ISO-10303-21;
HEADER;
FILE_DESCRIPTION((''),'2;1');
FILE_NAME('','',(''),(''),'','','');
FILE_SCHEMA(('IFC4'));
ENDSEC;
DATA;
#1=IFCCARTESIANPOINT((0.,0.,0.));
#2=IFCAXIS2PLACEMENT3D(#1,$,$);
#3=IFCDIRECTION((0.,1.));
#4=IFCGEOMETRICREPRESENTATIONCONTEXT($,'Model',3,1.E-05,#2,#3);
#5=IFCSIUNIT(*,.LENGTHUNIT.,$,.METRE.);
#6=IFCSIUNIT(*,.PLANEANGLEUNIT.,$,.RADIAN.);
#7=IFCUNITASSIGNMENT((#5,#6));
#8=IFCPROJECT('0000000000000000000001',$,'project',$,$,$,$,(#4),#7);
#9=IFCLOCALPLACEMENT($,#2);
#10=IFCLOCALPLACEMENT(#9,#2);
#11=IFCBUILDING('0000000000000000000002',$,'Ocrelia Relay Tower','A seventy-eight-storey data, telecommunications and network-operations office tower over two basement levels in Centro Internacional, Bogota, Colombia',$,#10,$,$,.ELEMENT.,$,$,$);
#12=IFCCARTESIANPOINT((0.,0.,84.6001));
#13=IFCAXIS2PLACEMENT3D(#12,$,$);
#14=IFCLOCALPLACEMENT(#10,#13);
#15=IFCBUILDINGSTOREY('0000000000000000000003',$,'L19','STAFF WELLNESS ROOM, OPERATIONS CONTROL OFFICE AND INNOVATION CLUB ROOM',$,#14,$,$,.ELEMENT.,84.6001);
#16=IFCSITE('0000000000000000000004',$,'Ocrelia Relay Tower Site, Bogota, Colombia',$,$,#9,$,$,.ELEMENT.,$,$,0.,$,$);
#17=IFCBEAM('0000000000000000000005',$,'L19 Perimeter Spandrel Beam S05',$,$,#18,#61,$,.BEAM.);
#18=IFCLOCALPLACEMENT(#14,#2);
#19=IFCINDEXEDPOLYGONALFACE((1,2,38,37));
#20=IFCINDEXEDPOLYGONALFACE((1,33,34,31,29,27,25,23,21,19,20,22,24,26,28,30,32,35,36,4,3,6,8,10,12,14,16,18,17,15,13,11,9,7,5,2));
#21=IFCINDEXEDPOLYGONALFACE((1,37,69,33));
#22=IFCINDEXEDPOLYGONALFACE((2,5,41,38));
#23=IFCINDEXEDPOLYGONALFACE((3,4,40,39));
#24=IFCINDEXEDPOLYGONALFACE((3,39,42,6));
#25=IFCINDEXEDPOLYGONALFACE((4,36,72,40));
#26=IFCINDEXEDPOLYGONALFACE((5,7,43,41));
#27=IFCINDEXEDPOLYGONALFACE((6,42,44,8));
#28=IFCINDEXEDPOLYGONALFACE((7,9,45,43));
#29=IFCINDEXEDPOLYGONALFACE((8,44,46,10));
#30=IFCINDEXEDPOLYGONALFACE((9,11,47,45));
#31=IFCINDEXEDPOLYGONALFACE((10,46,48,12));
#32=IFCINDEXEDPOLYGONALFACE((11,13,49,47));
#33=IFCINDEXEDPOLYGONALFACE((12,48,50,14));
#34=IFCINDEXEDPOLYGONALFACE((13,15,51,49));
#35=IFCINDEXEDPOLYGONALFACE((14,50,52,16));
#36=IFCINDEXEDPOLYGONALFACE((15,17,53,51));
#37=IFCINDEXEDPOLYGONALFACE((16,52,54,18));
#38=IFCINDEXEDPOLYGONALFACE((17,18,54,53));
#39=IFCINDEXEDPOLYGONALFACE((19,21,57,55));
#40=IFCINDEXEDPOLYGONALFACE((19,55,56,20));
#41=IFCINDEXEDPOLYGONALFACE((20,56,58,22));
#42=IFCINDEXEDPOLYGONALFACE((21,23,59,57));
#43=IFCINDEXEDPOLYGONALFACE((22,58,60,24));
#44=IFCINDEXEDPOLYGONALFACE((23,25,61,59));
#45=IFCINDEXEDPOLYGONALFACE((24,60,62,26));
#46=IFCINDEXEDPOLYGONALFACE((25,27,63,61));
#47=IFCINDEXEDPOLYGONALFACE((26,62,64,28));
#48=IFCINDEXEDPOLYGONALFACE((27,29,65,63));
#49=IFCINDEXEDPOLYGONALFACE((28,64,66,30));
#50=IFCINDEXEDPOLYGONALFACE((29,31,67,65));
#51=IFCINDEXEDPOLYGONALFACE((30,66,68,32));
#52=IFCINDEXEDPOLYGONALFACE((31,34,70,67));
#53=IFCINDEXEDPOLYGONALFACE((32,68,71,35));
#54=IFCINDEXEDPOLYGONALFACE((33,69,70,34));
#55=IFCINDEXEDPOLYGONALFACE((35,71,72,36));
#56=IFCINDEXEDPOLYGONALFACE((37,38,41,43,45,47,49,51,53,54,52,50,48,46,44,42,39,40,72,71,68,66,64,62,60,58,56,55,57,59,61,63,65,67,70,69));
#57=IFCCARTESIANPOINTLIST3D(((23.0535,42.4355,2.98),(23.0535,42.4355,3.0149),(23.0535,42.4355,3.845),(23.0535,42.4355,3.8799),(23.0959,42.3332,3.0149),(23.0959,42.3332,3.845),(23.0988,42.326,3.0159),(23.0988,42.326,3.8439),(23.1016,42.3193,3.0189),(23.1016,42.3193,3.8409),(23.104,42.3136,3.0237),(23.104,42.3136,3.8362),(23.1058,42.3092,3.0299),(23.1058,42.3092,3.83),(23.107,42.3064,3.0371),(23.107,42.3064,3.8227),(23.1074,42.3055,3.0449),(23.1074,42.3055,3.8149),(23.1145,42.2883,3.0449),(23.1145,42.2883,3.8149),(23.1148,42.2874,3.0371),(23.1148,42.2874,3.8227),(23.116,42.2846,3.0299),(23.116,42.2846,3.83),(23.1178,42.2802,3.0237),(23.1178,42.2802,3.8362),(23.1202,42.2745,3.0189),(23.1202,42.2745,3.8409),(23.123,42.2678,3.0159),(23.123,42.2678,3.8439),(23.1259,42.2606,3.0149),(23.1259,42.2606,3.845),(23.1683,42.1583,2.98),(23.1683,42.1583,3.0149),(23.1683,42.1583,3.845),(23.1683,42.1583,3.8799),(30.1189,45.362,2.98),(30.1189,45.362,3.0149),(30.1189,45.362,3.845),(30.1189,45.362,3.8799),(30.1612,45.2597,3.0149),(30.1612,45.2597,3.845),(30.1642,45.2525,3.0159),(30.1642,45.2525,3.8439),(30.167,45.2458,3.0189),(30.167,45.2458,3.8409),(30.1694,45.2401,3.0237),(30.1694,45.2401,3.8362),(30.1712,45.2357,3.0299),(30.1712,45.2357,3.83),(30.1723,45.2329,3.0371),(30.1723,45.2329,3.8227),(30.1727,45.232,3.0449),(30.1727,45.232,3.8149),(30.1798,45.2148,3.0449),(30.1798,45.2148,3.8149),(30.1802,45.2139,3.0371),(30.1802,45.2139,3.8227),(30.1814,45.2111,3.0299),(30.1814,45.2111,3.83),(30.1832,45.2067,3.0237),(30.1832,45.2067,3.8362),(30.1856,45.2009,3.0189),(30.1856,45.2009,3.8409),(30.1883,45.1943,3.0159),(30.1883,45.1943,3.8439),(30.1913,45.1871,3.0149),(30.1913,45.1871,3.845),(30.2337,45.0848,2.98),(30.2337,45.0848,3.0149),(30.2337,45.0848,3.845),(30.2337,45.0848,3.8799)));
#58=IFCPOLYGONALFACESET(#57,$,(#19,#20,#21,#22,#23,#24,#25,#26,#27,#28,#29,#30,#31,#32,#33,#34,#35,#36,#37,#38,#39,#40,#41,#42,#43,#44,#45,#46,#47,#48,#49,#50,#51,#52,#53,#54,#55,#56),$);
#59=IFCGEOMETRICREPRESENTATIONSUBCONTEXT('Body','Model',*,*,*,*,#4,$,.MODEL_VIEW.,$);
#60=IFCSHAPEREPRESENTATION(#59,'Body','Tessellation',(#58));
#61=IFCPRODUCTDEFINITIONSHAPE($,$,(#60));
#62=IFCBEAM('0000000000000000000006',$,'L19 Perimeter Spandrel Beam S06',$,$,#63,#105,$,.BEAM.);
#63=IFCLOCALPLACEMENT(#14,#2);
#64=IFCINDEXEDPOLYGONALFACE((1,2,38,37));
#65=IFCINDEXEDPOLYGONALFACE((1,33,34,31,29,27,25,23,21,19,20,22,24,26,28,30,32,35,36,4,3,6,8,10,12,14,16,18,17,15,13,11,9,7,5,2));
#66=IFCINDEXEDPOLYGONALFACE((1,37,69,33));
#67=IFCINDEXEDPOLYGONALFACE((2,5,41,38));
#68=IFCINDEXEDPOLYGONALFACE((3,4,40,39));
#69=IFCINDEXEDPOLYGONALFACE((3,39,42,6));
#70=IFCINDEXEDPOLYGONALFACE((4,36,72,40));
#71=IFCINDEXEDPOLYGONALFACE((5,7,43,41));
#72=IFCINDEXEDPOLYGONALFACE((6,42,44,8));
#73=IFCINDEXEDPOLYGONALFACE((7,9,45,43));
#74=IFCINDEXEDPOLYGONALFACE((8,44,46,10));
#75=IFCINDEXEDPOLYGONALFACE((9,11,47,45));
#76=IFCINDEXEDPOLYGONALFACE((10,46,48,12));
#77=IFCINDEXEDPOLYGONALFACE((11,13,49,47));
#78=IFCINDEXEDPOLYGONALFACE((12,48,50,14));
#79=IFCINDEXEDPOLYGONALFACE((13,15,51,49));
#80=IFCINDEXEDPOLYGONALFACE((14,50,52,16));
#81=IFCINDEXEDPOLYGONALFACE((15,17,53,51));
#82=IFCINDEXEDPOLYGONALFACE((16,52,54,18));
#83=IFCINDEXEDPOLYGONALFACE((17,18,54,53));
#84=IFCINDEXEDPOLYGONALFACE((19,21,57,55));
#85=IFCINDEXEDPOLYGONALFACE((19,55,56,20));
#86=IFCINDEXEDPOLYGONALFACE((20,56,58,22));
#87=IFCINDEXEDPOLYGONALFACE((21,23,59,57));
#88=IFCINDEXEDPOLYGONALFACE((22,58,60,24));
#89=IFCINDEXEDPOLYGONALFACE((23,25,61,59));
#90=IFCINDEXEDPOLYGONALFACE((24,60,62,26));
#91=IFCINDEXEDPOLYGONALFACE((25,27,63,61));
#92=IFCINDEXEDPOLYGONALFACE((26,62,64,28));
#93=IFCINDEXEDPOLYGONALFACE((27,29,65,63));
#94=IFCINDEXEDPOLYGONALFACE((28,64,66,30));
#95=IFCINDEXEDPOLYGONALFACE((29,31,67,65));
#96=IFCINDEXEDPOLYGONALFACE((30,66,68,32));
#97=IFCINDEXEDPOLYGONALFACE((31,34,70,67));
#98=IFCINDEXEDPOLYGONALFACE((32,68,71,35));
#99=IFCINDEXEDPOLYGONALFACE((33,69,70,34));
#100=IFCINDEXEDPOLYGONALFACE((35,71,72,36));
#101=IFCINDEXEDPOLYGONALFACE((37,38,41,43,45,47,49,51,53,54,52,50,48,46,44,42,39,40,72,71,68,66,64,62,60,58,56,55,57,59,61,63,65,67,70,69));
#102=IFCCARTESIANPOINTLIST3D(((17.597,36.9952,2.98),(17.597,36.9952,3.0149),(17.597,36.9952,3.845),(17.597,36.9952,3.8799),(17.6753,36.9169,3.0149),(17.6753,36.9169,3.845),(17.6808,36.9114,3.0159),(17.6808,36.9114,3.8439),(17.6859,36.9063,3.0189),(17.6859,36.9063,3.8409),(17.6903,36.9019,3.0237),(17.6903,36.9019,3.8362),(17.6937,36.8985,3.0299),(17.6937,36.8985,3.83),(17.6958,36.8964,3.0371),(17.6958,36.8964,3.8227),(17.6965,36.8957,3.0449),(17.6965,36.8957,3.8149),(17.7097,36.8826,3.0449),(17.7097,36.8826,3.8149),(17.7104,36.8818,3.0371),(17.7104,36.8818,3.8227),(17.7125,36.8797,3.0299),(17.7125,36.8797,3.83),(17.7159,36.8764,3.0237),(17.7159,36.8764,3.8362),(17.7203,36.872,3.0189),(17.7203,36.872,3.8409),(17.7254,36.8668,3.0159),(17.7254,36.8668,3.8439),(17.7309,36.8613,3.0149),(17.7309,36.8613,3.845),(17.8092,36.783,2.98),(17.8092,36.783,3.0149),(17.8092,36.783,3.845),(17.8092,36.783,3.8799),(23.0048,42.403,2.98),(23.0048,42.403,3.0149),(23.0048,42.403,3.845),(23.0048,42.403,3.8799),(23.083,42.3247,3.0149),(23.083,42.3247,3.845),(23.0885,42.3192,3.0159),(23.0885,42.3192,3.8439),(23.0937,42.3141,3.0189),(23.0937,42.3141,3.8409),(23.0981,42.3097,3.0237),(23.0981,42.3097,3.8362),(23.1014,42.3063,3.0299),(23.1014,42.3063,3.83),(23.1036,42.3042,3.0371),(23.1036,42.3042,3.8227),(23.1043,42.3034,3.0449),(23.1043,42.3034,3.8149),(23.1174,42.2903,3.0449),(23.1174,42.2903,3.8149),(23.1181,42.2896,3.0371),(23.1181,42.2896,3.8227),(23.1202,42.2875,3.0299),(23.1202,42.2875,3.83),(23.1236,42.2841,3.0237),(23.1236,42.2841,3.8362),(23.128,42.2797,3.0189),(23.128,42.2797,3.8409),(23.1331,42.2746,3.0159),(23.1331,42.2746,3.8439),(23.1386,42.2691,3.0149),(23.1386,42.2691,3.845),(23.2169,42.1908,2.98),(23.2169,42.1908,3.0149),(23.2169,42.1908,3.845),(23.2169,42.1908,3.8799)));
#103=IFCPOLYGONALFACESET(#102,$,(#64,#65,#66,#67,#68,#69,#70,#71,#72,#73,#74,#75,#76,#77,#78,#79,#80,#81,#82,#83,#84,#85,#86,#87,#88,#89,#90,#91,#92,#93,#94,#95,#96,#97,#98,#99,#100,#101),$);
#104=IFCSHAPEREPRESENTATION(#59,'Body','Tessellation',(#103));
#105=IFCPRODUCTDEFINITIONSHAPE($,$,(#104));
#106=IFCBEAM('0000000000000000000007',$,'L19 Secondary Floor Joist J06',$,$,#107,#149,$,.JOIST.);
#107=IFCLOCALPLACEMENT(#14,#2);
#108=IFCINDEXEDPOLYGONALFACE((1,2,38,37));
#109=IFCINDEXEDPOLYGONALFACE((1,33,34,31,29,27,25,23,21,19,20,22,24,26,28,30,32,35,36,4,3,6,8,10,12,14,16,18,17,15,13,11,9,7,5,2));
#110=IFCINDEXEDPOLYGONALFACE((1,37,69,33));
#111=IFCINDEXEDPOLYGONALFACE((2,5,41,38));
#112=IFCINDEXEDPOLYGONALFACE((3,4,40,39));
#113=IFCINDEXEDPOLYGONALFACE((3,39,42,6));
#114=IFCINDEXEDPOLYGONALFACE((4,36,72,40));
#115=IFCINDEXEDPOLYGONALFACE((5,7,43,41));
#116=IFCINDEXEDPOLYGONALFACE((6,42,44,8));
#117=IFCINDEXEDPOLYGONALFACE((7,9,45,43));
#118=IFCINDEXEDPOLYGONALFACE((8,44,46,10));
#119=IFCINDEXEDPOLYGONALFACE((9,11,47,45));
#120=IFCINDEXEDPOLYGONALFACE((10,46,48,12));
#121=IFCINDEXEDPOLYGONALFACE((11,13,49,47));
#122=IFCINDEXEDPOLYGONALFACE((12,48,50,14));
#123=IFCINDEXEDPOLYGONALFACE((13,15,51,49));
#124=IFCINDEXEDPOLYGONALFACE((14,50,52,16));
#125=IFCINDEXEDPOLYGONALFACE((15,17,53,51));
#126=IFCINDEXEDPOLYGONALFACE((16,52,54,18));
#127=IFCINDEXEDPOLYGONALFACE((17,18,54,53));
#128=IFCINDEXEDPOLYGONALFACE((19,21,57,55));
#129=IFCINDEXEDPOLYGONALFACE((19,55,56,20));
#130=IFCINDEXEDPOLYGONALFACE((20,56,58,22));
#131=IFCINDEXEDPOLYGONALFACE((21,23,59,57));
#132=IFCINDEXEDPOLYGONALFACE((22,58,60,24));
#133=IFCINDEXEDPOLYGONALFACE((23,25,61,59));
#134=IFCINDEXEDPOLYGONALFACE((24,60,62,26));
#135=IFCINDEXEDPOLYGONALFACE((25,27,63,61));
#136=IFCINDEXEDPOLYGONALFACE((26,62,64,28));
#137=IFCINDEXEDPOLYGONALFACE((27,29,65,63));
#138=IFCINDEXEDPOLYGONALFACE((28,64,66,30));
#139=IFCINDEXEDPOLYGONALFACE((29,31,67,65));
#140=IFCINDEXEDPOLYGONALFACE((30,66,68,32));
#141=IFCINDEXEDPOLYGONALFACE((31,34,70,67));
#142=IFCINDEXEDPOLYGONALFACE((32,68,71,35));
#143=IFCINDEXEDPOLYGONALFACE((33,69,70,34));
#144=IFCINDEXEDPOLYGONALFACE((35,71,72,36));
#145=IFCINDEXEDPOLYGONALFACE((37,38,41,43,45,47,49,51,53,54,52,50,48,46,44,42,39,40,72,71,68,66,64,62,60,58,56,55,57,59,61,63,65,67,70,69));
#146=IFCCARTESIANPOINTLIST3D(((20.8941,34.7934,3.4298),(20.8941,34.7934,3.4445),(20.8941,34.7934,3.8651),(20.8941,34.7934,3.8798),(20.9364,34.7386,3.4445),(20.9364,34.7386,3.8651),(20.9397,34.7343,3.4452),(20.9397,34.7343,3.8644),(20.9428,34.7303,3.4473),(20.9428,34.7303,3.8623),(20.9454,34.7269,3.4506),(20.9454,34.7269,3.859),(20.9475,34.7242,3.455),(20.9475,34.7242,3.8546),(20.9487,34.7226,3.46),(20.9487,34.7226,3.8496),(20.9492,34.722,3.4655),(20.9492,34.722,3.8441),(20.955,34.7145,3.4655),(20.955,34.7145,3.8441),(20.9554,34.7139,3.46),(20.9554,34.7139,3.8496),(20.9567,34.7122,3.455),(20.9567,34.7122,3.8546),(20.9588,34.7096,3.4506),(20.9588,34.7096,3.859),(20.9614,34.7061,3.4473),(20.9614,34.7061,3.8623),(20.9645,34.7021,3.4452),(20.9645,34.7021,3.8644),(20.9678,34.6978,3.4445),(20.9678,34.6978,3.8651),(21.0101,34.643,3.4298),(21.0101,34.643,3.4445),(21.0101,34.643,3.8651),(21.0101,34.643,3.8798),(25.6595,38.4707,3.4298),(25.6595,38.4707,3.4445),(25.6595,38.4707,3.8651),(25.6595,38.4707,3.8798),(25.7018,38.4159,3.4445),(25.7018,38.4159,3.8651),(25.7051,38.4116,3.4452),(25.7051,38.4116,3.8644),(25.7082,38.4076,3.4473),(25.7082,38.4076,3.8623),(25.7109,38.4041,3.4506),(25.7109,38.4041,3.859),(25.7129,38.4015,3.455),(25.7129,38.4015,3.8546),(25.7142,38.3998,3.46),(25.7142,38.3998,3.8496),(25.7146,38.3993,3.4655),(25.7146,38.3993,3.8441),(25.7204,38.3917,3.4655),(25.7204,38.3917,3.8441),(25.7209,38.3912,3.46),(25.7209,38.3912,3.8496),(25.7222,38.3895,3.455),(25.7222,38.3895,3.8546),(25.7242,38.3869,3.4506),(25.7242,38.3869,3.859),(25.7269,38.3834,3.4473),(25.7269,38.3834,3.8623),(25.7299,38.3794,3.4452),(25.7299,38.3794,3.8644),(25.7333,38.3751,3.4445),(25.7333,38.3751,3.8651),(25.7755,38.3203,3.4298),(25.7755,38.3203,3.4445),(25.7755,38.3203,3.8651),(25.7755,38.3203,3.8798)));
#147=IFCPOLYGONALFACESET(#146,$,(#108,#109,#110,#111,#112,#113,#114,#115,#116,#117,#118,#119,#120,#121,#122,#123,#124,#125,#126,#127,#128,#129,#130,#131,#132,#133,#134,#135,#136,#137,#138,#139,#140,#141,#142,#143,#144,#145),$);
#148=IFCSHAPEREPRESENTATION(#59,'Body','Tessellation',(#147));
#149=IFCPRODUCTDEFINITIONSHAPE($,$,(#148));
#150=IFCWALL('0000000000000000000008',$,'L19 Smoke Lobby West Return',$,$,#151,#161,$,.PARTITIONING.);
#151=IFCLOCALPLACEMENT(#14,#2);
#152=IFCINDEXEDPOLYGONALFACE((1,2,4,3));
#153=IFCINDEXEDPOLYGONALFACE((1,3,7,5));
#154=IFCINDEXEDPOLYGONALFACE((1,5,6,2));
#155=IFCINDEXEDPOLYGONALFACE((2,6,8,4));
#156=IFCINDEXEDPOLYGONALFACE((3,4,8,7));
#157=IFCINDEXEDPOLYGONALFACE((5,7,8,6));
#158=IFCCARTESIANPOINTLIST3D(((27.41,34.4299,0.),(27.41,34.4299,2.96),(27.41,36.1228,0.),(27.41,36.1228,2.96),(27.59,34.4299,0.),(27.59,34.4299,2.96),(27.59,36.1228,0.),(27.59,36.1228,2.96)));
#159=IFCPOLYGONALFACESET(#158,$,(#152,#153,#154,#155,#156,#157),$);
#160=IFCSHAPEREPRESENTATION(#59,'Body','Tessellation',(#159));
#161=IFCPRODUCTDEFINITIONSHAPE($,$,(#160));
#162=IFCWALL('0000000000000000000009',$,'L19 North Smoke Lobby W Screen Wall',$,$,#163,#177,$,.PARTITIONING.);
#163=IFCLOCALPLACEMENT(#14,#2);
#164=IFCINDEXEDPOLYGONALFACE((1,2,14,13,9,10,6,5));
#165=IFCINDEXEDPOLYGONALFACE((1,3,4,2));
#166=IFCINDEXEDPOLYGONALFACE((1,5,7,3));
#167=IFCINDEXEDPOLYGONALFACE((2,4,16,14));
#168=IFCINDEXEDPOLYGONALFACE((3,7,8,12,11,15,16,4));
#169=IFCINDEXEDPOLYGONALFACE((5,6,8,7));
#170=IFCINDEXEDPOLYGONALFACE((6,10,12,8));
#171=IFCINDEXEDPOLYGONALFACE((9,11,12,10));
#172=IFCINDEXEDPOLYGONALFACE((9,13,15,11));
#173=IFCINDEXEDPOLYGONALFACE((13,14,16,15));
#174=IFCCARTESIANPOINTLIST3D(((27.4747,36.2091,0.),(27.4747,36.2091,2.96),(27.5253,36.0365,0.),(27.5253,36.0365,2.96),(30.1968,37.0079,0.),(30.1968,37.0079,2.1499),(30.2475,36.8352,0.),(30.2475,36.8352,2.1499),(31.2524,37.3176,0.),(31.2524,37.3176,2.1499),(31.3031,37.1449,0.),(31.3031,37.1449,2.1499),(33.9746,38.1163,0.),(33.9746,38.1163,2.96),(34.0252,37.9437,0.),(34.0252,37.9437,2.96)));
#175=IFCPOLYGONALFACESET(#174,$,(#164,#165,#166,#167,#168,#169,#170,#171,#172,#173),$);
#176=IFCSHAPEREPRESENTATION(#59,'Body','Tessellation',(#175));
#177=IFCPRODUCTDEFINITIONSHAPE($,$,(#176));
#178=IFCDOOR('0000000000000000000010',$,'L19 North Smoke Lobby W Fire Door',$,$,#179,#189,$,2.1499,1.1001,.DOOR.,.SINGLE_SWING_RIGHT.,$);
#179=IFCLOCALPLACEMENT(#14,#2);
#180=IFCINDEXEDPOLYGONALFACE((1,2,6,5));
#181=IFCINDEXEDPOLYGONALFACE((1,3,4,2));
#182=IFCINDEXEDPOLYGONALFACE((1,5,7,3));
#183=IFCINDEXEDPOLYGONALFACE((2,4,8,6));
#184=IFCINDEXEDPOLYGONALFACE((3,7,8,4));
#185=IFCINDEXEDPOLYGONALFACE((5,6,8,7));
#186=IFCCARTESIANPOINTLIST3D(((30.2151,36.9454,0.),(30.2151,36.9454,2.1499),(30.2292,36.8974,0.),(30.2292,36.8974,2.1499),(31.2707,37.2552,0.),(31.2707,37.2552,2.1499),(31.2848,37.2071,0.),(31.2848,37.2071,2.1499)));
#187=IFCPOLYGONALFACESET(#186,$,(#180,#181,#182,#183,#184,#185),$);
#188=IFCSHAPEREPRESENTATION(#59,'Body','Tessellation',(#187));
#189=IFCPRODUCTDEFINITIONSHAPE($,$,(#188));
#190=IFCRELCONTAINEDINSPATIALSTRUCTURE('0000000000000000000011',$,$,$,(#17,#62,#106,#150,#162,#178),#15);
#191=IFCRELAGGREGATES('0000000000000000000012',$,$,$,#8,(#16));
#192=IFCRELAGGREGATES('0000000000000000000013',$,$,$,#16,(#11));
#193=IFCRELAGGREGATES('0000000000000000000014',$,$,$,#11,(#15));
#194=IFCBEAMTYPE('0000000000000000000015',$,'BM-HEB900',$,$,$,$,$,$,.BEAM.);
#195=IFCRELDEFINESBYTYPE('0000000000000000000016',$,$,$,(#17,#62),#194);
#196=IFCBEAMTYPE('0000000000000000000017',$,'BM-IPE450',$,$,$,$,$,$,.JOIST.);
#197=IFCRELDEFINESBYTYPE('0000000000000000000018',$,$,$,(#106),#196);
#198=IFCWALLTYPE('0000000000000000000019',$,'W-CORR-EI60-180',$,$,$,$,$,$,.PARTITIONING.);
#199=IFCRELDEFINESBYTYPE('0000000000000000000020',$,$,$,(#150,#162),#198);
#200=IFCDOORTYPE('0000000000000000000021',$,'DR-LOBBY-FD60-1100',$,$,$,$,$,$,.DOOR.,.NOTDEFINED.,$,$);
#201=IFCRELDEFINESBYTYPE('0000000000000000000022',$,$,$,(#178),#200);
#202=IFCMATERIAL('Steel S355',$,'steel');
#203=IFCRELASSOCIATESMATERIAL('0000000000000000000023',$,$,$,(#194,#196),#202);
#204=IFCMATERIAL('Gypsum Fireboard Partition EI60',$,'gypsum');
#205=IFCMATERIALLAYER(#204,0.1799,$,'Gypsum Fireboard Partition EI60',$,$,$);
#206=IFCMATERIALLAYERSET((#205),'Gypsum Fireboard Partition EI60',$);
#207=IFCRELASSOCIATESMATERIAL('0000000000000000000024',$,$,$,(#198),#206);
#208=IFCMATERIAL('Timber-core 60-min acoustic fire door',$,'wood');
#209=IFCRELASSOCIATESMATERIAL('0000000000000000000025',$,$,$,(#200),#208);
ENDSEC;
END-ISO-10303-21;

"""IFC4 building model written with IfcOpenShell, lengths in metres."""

from ifc_helpers import new_model, si_unit, direction, frame, frame_2d, origin, origin_2d, place, context, subcontext, project, spatial, rectangle, i_section, extrude, material, layer, layer_set, material_profile, profile_set, type_object, element, fill, save


model = new_model("IFC4")

# Units and contexts
model_context = context("Model", 3, precision=1e-05, world=origin(), true_north=direction((0.0, 1.0)))
body_context = subcontext(model_context, "Body", "Model", "MODEL_VIEW")
ifc_project = project(units=[si_unit("LENGTHUNIT", "METRE"), si_unit("PLANEANGLEUNIT", "RADIAN")], contexts=[model_context])

# Site, building, storey
site_placement = place(None, origin())
site = spatial("IfcSite", under=ifc_project, at=site_placement, Name="Ocrelia Relay Tower Site, Bogota, Colombia", CompositionType="ELEMENT", RefElevation=0.0)
building_placement = place(site_placement, origin())
building = spatial("IfcBuilding", under=site, at=building_placement, Name="Ocrelia Relay Tower", Description="A seventy-eight-storey data, telecommunications and network-operations office tower over two basement levels in Centro Internacional, Bogota, Colombia", CompositionType="ELEMENT")
storey_placement = place(building_placement, frame((0.0, 0.0, 84.6001)))
storey = spatial("IfcBuildingStorey", under=building, at=storey_placement, Name="L19", Description="STAFF WELLNESS ROOM, OPERATIONS CONTROL OFFICE AND INNOVATION CLUB ROOM", CompositionType="ELEMENT", Elevation=84.6001)

# Beams
ifc_material_1 = material(Name="Steel S355", Category="steel")
ifc_material_profile_1 = material_profile(ifc_material_1, i_section(OverallWidth=0.3, OverallDepth=0.8999, WebThickness=0.0186, FlangeThickness=0.0349, FilletRadius=0.03, at=origin_2d()), Name="HEB 900")
ifc_profile_set_1 = profile_set([ifc_material_profile_1], Name="Steel S355")
beam_type_1 = type_object("IfcBeamType", Name="BM-HEB900", PredefinedType="BEAM", material=ifc_profile_set_1)
beam_1_placement = place(storey_placement, frame((30.1763, 45.2234, 3.4299), z_axis=(-0.923883, -0.382674, 0.0), x_axis=(0.382674, -0.923883, 0.0)))
element("IfcBeam", 1, at=beam_1_placement, inside=storey, type_object=beam_type_1, Name="L19 Perimeter Spandrel Beam S05", PredefinedType="BEAM", context=body_context, shape_type="SweptSolid", body=[
    extrude(i_section(OverallWidth=0.3, OverallDepth=0.8999, WebThickness=0.0186, FlangeThickness=0.0349, FilletRadius=0.03, at=origin_2d()), origin(), (0.0, 0.0, 1.0), 7.6475),
])
beam_2_placement = place(storey_placement, frame((23.1108, 42.2969, 3.4299), z_axis=(-0.707107, -0.707107, 0.0), x_axis=(0.707107, -0.707107, 0.0)))
element("IfcBeam", 2, at=beam_2_placement, inside=storey, type_object=beam_type_1, Name="L19 Perimeter Spandrel Beam S06", PredefinedType="BEAM", context=body_context, shape_type="SweptSolid", body=[
    extrude(i_section(OverallWidth=0.3, OverallDepth=0.8999, WebThickness=0.0186, FlangeThickness=0.0349, FilletRadius=0.03, at=origin_2d()), origin(), (0.0, 0.0, 1.0), 7.6477),
])
ifc_material_profile_2 = material_profile(ifc_material_1, i_section(OverallWidth=0.1899, OverallDepth=0.45, WebThickness=0.0095, FlangeThickness=0.0146, FilletRadius=0.021, at=origin_2d()), Name="IPE 450")
ifc_profile_set_2 = profile_set([ifc_material_profile_2], Name="Steel S355")
beam_type_2 = type_object("IfcBeamType", Name="BM-IPE450", PredefinedType="JOIST", material=ifc_profile_set_2)
beam_3_placement = place(storey_placement, frame((25.7175, 38.3955, 3.6548), z_axis=(-0.791694, -0.610918, 0.0), x_axis=(0.610918, -0.791694, 0.0)))
element("IfcBeam", 3, at=beam_3_placement, inside=storey, type_object=beam_type_2, Name="L19 Secondary Floor Joist J06", PredefinedType="JOIST", context=body_context, shape_type="SweptSolid", body=[
    extrude(i_section(OverallWidth=0.1899, OverallDepth=0.45, WebThickness=0.0095, FlangeThickness=0.0146, FilletRadius=0.021, at=origin_2d()), origin(), (0.0, 0.0, 1.0), 6.0193),
])

# Wall
ifc_material_2 = material(Name="Gypsum Fireboard Partition EI60", Category="gypsum")
ifc_layer_1 = layer(ifc_material_2, 0.1799, Name="Gypsum Fireboard Partition EI60")
ifc_layer_set_1 = layer_set([ifc_layer_1], Name="Gypsum Fireboard Partition EI60")
wall_type_1 = type_object("IfcWallType", Name="W-CORR-EI60-180", PredefinedType="PARTITIONING", material=ifc_layer_set_1)
wall_1_placement = place(storey_placement, frame((27.5, 34.4299, 0.0), z_axis=(0.0, 0.0, 1.0), x_axis=(0.0, 1.0, 0.0)))
element("IfcWall", 4, at=wall_1_placement, inside=storey, type_object=wall_type_1, Name="L19 Smoke Lobby West Return", PredefinedType="PARTITIONING", context=body_context, shape_type="SweptSolid", body=[
    extrude(rectangle(XDim=1.6929, YDim=0.1799, at=frame_2d((0.8464, 0.0))), origin(), (0.0, 0.0, 1.0), 2.96),
])

# Wall, opening, door
wall_2_placement = place(storey_placement, frame((27.5, 36.1228, 0.0), z_axis=(0.0, 0.0, 1.0), x_axis=(0.959547, 0.28155, 0.0)))
wall_2 = element("IfcWall", 5, at=wall_2_placement, inside=storey, type_object=wall_type_1, Name="L19 North Smoke Lobby W Screen Wall", PredefinedType="PARTITIONING", context=body_context, shape_type="SweptSolid", body=[
    extrude(rectangle(XDim=6.7739, YDim=0.1799, at=frame_2d((3.387, 0.0))), origin(), (0.0, 0.0, 1.0), 2.96),
])
opening_1_placement = place(wall_2_placement, frame((2.8369, 0.0, 0.0)))
opening_1 = element("IfcOpeningElement", 6, at=opening_1_placement, cuts=wall_2, PredefinedType="OPENING", context=body_context, shape_type="SweptSolid", body=[
    extrude(rectangle(XDim=1.1001, YDim=2.1499, at=frame_2d((0.55, 1.075))), frame((0.0, 0.1001, 0.0), z_axis=(0.0, -1.0, 0.0), x_axis=(1.0, 0.0, 0.0)), (0.0, 0.0, 1.0), 0.2),
])
ifc_material_3 = material(Name="Timber-core 60-min acoustic fire door", Category="wood")
door_type = type_object("IfcDoorType", Name="DR-LOBBY-FD60-1100", OperationType="NOTDEFINED", PredefinedType="DOOR", material=ifc_material_3)
door_1_placement = place(opening_1_placement, origin())
door_1 = element("IfcDoor", 7, at=door_1_placement, inside=storey, type_object=door_type, Name="L19 North Smoke Lobby W Fire Door", OperationType="SINGLE_SWING_RIGHT", OverallHeight=2.1499, OverallWidth=1.1001, PredefinedType="DOOR", context=body_context, shape_type="SweptSolid", body=[
    extrude(rectangle(XDim=1.1001, YDim=2.1499, at=frame_2d((0.55, 1.075))), frame((0.0, 0.0249, 0.0), z_axis=(0.0, -1.0, 0.0), x_axis=(1.0, 0.0, 0.0)), (0.0, 0.0, 1.0), 0.05),
])
fill(opening_1, door_1)

save(model, "model.ifc")
